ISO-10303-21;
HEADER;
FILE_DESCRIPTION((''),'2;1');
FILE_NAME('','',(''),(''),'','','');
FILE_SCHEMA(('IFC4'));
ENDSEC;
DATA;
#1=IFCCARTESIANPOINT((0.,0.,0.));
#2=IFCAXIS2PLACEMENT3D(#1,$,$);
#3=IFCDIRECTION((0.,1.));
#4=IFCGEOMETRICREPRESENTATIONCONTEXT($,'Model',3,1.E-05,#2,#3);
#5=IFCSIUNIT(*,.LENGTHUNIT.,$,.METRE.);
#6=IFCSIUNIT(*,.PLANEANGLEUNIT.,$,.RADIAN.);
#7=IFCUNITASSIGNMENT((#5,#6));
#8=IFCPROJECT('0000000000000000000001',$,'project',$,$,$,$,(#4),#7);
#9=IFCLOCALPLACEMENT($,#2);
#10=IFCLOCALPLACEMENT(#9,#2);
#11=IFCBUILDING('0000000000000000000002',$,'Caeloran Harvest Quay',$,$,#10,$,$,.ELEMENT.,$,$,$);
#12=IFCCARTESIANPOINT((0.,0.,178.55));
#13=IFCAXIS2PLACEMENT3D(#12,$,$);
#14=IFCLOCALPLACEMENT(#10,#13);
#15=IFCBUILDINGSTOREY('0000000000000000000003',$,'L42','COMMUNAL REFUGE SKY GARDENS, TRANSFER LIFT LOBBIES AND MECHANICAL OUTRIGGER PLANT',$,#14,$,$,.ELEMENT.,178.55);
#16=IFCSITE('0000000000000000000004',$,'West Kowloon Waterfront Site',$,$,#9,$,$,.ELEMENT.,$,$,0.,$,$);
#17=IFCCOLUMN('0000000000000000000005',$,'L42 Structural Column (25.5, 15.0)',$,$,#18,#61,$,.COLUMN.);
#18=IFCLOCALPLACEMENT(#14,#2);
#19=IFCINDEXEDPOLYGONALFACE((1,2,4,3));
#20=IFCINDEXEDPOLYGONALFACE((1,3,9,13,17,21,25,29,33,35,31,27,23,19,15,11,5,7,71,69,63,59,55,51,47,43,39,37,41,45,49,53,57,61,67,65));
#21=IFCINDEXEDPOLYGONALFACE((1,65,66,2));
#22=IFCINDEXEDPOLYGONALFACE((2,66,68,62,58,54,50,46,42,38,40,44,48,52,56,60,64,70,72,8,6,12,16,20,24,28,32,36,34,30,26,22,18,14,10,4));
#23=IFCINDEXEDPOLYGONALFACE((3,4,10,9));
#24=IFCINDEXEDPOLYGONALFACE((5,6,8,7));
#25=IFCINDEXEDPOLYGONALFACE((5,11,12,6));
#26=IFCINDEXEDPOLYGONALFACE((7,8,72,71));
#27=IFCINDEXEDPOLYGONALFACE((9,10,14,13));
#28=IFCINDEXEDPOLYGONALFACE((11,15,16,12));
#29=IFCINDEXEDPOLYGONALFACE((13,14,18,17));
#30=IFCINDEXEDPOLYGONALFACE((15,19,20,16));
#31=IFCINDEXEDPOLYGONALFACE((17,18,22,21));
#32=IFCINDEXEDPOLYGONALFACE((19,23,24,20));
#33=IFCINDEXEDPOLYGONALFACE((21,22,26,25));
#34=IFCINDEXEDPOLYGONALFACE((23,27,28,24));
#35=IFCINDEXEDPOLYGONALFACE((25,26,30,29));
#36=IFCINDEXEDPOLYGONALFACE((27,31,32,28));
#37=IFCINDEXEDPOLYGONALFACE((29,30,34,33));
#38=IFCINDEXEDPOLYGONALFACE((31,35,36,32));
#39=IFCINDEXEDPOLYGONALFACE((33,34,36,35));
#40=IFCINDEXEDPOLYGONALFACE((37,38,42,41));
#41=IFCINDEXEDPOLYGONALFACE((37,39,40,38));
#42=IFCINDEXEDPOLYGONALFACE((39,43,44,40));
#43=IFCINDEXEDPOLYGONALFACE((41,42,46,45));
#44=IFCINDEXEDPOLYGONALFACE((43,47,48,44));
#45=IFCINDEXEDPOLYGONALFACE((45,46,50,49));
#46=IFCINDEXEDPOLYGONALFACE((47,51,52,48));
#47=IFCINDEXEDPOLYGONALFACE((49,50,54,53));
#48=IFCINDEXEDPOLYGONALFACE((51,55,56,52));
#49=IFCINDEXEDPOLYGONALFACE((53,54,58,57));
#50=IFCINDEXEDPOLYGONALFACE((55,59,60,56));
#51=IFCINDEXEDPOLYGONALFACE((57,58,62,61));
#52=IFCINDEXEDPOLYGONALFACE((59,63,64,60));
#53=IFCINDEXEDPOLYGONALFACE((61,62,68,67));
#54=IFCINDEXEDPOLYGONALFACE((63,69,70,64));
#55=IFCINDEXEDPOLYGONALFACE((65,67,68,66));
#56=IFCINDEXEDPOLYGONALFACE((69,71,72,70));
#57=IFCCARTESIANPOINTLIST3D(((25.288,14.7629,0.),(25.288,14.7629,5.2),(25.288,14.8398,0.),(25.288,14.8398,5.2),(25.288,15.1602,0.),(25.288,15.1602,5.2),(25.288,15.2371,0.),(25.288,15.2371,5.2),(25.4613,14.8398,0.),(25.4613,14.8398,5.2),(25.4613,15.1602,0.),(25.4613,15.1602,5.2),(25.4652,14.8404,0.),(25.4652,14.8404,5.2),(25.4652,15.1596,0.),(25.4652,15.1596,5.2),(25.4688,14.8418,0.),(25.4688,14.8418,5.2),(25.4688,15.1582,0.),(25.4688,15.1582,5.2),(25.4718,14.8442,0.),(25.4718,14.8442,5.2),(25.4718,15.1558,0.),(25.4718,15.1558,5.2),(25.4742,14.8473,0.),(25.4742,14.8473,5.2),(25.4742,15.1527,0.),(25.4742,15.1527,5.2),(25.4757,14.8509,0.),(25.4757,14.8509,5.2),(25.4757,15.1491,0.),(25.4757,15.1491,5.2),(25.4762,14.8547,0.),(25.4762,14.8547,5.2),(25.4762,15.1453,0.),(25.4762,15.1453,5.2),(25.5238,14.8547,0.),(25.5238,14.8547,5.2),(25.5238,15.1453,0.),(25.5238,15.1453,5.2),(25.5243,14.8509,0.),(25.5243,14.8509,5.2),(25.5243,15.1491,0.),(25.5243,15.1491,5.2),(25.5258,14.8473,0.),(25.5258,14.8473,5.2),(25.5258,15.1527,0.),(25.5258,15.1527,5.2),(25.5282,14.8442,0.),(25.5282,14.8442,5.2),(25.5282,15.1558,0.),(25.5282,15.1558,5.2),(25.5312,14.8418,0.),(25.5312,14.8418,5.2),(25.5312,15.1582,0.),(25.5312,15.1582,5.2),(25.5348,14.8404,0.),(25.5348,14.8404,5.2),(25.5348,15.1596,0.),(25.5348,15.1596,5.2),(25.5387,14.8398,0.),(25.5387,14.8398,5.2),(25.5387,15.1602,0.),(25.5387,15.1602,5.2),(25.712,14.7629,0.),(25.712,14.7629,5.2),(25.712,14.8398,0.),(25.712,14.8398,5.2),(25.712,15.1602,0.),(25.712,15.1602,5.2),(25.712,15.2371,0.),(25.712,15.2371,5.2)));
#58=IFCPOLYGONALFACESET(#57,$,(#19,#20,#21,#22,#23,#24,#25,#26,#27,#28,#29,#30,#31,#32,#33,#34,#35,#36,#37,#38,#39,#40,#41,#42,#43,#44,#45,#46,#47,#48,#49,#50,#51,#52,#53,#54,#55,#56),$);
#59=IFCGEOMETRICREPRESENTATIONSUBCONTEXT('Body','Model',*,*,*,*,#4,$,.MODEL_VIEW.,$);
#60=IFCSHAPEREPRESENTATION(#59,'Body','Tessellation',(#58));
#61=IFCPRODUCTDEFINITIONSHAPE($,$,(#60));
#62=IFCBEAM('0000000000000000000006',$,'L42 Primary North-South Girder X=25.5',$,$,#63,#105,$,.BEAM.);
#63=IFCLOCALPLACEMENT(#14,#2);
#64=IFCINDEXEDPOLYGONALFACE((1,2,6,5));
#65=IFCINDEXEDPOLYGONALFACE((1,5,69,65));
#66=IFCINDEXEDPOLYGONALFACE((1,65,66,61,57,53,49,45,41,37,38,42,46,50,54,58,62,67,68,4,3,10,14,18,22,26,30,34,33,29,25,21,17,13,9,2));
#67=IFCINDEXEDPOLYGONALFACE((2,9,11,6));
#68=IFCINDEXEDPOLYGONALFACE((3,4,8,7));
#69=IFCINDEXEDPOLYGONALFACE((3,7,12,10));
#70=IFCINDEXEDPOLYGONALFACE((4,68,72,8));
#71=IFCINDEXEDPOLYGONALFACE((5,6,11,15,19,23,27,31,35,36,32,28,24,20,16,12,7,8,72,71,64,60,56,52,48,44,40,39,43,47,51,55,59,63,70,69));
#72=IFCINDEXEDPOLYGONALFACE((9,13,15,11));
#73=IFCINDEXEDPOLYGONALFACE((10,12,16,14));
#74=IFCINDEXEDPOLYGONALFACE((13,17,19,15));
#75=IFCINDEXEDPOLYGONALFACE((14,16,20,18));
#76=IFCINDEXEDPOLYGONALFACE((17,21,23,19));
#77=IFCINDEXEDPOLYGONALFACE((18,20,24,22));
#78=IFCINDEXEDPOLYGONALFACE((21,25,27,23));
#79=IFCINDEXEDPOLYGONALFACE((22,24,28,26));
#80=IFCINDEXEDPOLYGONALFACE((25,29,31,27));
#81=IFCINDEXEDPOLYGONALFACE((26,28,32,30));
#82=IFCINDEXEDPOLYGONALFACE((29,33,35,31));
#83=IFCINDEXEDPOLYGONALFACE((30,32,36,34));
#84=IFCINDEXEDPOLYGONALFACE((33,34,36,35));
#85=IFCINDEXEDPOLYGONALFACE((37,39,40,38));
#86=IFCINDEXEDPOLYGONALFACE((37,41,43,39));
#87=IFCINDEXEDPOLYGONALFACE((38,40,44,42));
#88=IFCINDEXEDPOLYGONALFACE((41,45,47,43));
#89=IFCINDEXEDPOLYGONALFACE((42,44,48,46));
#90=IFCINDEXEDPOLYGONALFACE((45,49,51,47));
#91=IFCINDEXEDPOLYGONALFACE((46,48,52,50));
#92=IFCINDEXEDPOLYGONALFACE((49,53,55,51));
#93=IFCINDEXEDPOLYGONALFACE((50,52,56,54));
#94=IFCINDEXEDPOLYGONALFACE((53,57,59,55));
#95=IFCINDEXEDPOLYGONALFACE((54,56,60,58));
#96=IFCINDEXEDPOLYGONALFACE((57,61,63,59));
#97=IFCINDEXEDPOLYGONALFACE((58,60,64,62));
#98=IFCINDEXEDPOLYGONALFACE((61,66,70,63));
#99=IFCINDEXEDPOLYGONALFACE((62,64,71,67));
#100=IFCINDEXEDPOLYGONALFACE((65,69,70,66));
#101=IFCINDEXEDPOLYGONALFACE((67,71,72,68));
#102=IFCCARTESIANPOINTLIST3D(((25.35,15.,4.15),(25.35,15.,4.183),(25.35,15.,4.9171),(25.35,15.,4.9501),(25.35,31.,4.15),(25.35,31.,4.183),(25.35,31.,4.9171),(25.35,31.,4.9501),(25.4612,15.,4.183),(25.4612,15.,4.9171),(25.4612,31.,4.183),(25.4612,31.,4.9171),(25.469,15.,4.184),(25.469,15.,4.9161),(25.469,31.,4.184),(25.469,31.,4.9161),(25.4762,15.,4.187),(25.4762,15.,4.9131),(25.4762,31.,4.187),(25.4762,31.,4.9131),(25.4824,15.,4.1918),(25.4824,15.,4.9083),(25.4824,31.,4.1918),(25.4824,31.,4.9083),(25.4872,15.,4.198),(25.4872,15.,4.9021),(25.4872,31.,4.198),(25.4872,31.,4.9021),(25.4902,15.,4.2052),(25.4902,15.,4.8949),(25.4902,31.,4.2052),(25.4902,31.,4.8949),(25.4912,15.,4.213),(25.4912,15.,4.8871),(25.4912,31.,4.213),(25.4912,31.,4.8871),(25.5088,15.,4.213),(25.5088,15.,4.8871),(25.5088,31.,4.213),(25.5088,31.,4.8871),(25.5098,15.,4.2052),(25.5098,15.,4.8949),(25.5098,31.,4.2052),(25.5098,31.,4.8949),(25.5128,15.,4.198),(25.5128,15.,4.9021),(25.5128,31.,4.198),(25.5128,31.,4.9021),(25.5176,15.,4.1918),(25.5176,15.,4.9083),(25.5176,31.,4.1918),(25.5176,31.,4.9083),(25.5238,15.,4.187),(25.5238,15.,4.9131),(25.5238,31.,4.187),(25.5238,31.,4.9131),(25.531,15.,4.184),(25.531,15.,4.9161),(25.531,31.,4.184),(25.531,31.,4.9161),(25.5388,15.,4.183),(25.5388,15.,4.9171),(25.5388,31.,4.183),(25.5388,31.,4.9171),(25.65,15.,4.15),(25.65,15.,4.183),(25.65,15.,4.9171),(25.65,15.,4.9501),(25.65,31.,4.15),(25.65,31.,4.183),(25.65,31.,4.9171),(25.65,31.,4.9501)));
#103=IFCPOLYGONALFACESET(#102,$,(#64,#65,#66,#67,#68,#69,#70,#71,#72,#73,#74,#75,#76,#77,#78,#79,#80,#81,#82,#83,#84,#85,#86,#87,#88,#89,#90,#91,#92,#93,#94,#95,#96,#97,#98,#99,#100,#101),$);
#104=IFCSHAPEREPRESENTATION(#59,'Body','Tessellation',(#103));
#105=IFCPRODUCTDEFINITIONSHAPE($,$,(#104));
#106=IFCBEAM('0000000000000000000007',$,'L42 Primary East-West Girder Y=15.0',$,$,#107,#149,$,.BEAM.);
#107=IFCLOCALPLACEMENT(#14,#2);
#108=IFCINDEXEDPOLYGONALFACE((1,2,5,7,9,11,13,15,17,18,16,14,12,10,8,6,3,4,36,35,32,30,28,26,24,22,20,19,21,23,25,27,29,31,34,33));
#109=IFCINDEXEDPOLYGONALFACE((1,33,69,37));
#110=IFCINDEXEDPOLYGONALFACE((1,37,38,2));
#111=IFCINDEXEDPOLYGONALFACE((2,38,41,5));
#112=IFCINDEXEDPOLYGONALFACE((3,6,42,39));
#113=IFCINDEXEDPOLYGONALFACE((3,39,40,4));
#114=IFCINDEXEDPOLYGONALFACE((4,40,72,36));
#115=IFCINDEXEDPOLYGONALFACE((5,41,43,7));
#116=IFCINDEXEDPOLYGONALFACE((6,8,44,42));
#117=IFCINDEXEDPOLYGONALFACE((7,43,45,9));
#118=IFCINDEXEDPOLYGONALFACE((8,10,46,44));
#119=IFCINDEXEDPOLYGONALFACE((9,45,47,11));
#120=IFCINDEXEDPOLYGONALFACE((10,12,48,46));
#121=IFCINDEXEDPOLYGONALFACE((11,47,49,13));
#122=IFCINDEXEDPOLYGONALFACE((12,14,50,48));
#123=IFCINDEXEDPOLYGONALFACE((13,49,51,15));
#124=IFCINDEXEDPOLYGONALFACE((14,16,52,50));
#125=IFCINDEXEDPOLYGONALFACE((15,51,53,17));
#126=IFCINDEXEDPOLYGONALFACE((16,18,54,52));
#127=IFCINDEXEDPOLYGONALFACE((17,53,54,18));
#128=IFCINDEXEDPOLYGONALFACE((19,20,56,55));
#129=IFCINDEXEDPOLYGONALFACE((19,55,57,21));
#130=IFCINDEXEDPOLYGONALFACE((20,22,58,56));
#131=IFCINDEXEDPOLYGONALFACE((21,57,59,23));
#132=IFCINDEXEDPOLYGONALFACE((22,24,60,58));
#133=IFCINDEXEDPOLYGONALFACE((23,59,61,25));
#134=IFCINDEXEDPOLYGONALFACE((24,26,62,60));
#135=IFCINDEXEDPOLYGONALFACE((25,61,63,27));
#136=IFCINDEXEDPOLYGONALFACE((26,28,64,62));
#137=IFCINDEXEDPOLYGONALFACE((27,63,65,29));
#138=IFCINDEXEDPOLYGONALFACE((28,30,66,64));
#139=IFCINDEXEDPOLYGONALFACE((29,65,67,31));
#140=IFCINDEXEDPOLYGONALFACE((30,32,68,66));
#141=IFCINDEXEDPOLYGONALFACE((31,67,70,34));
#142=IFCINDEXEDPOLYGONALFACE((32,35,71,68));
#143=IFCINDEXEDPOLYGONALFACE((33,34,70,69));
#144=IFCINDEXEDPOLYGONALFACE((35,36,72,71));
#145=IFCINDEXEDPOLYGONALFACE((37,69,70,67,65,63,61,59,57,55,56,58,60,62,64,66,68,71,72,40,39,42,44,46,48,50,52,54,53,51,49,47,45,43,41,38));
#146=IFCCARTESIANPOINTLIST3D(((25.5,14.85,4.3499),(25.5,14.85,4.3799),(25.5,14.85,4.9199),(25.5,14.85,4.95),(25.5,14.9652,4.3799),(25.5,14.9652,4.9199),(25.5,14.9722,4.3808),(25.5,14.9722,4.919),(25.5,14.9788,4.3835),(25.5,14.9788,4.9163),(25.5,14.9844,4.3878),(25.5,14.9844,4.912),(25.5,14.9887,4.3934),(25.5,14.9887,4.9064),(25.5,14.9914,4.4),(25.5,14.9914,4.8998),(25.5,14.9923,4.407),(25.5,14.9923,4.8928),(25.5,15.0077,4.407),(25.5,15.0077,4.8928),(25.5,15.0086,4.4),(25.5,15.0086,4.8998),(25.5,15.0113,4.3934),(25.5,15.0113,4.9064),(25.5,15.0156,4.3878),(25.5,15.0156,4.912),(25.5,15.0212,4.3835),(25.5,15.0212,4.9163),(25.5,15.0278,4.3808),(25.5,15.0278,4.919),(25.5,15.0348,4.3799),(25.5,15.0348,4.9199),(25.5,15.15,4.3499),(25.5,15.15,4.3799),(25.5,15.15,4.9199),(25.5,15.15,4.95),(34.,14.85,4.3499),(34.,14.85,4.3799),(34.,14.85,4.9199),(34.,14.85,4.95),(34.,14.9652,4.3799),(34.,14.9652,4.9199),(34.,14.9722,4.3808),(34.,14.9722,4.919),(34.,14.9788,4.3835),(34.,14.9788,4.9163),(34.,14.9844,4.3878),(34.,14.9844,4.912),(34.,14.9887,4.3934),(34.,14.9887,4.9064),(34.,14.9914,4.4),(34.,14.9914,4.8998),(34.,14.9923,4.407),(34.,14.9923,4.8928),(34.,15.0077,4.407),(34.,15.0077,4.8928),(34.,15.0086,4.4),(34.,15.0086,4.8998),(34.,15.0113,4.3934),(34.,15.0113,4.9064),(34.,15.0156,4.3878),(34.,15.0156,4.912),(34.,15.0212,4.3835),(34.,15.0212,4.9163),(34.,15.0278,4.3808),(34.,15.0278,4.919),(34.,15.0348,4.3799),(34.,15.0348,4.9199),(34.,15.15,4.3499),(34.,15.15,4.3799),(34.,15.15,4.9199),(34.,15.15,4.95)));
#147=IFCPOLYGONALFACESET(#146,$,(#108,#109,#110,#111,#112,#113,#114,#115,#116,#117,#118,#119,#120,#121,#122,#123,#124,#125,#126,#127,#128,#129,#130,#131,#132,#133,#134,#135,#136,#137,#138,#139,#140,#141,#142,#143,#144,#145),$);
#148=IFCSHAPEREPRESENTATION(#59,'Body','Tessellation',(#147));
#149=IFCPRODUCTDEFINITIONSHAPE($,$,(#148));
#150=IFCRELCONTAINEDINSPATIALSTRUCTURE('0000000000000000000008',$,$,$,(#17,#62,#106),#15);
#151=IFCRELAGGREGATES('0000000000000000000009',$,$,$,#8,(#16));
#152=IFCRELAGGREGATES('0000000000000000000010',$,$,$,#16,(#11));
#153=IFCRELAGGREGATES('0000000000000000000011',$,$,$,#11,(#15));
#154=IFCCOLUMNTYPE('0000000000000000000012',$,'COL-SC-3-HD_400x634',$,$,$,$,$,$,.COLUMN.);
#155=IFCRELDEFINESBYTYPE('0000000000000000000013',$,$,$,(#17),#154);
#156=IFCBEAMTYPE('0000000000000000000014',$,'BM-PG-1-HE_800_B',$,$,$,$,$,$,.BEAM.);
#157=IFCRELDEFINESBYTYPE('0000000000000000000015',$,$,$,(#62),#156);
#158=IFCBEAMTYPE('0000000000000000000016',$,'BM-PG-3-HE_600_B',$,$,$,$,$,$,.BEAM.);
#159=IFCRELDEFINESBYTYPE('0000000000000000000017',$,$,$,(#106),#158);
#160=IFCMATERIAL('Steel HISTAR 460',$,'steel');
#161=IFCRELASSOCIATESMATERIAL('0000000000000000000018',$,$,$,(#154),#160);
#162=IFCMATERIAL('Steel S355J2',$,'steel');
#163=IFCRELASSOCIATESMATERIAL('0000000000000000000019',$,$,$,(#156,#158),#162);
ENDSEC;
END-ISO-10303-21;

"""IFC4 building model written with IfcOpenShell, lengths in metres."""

from ifc_helpers import new_model, si_unit, direction, frame, origin, origin_2d, place, context, subcontext, project, spatial, i_section, extrude, material, material_profile, profile_set, type_object, element, save


model = new_model("IFC4")

# Units and contexts
model_context = context("Model", 3, precision=1e-05, world=origin(), true_north=direction((0.0, 1.0)))
body_context = subcontext(model_context, "Body", "Model", "MODEL_VIEW")
ifc_project = project(units=[si_unit("LENGTHUNIT", "METRE"), si_unit("PLANEANGLEUNIT", "RADIAN")], contexts=[model_context])

# Site, building, storey
site_placement = place(None, origin())
site = spatial("IfcSite", under=ifc_project, at=site_placement, Name="West Kowloon Waterfront Site", CompositionType="ELEMENT", RefElevation=0.0)
building_placement = place(site_placement, origin())
building = spatial("IfcBuilding", under=site, at=building_placement, Name="Caeloran Harvest Quay", CompositionType="ELEMENT")
storey_placement = place(building_placement, frame((0.0, 0.0, 178.55)))
storey = spatial("IfcBuildingStorey", under=building, at=storey_placement, Name="L42", Description="COMMUNAL REFUGE SKY GARDENS, TRANSFER LIFT LOBBIES AND MECHANICAL OUTRIGGER PLANT", CompositionType="ELEMENT", Elevation=178.55)

# Column
ifc_material_1 = material(Name="Steel HISTAR 460", Category="steel")
ifc_material_profile_1 = material_profile(ifc_material_1, i_section(OverallWidth=0.4241, OverallDepth=0.4741, WebThickness=0.0476, FlangeThickness=0.0769, FilletRadius=0.0149, at=origin_2d()), Name="HD 400x634")
ifc_profile_set_1 = profile_set([ifc_material_profile_1], Name="Steel HISTAR 460")
column_type = type_object("IfcColumnType", Name="COL-SC-3-HD_400x634", PredefinedType="COLUMN", material=ifc_profile_set_1)
column_placement = place(storey_placement, frame((25.5, 15.0, 0.0), z_axis=(0.0, 0.0, 1.0), x_axis=(1.0, 0.0, 0.0)))
element("IfcColumn", 1, at=column_placement, inside=storey, type_object=column_type, Name="L42 Structural Column (25.5, 15.0)", PredefinedType="COLUMN", context=body_context, shape_type="SweptSolid", body=[
    extrude(i_section(OverallWidth=0.4241, OverallDepth=0.4741, WebThickness=0.0476, FlangeThickness=0.0769, FilletRadius=0.0149, at=origin_2d()), origin(), (0.0, 0.0, 1.0), 5.2),
])

# Beams
ifc_material_2 = material(Name="Steel S355J2", Category="steel")
ifc_material_profile_2 = material_profile(ifc_material_2, i_section(OverallWidth=0.3, OverallDepth=0.8, WebThickness=0.0176, FlangeThickness=0.033, FilletRadius=0.03, at=origin_2d()), Name="HE 800 B")
ifc_profile_set_2 = profile_set([ifc_material_profile_2], Name="Steel S355J2")
beam_type_1 = type_object("IfcBeamType", Name="BM-PG-1-HE_800_B", PredefinedType="BEAM", material=ifc_profile_set_2)
beam_1_placement = place(storey_placement, frame((25.5, 15.0, 4.55), z_axis=(0.0, 1.0, 0.0), x_axis=(-1.0, 0.0, 0.0)))
element("IfcBeam", 2, at=beam_1_placement, inside=storey, type_object=beam_type_1, Name="L42 Primary North-South Girder X=25.5", PredefinedType="BEAM", context=body_context, shape_type="SweptSolid", body=[
    extrude(i_section(OverallWidth=0.3, OverallDepth=0.8, WebThickness=0.0176, FlangeThickness=0.033, FilletRadius=0.03, at=origin_2d()), origin(), (0.0, 0.0, 1.0), 16.0),
])
ifc_material_profile_3 = material_profile(ifc_material_2, i_section(OverallWidth=0.3, OverallDepth=0.6001, WebThickness=0.0154, FlangeThickness=0.03, FilletRadius=0.0271, at=origin_2d()), Name="HE 600 B")
ifc_profile_set_3 = profile_set([ifc_material_profile_3], Name="Steel S355J2")
beam_type_2 = type_object("IfcBeamType", Name="BM-PG-3-HE_600_B", PredefinedType="BEAM", material=ifc_profile_set_3)
beam_2_placement = place(storey_placement, frame((25.5, 15.0, 4.6499), z_axis=(1.0, 0.0, 0.0), x_axis=(0.0, 1.0, 0.0)))
element("IfcBeam", 3, at=beam_2_placement, inside=storey, type_object=beam_type_2, Name="L42 Primary East-West Girder Y=15.0", PredefinedType="BEAM", context=body_context, shape_type="SweptSolid", body=[
    extrude(i_section(OverallWidth=0.3, OverallDepth=0.6001, WebThickness=0.0154, FlangeThickness=0.03, FilletRadius=0.0271, at=origin_2d()), origin(), (0.0, 0.0, 1.0), 8.5),
])

save(model, "model.ifc")
